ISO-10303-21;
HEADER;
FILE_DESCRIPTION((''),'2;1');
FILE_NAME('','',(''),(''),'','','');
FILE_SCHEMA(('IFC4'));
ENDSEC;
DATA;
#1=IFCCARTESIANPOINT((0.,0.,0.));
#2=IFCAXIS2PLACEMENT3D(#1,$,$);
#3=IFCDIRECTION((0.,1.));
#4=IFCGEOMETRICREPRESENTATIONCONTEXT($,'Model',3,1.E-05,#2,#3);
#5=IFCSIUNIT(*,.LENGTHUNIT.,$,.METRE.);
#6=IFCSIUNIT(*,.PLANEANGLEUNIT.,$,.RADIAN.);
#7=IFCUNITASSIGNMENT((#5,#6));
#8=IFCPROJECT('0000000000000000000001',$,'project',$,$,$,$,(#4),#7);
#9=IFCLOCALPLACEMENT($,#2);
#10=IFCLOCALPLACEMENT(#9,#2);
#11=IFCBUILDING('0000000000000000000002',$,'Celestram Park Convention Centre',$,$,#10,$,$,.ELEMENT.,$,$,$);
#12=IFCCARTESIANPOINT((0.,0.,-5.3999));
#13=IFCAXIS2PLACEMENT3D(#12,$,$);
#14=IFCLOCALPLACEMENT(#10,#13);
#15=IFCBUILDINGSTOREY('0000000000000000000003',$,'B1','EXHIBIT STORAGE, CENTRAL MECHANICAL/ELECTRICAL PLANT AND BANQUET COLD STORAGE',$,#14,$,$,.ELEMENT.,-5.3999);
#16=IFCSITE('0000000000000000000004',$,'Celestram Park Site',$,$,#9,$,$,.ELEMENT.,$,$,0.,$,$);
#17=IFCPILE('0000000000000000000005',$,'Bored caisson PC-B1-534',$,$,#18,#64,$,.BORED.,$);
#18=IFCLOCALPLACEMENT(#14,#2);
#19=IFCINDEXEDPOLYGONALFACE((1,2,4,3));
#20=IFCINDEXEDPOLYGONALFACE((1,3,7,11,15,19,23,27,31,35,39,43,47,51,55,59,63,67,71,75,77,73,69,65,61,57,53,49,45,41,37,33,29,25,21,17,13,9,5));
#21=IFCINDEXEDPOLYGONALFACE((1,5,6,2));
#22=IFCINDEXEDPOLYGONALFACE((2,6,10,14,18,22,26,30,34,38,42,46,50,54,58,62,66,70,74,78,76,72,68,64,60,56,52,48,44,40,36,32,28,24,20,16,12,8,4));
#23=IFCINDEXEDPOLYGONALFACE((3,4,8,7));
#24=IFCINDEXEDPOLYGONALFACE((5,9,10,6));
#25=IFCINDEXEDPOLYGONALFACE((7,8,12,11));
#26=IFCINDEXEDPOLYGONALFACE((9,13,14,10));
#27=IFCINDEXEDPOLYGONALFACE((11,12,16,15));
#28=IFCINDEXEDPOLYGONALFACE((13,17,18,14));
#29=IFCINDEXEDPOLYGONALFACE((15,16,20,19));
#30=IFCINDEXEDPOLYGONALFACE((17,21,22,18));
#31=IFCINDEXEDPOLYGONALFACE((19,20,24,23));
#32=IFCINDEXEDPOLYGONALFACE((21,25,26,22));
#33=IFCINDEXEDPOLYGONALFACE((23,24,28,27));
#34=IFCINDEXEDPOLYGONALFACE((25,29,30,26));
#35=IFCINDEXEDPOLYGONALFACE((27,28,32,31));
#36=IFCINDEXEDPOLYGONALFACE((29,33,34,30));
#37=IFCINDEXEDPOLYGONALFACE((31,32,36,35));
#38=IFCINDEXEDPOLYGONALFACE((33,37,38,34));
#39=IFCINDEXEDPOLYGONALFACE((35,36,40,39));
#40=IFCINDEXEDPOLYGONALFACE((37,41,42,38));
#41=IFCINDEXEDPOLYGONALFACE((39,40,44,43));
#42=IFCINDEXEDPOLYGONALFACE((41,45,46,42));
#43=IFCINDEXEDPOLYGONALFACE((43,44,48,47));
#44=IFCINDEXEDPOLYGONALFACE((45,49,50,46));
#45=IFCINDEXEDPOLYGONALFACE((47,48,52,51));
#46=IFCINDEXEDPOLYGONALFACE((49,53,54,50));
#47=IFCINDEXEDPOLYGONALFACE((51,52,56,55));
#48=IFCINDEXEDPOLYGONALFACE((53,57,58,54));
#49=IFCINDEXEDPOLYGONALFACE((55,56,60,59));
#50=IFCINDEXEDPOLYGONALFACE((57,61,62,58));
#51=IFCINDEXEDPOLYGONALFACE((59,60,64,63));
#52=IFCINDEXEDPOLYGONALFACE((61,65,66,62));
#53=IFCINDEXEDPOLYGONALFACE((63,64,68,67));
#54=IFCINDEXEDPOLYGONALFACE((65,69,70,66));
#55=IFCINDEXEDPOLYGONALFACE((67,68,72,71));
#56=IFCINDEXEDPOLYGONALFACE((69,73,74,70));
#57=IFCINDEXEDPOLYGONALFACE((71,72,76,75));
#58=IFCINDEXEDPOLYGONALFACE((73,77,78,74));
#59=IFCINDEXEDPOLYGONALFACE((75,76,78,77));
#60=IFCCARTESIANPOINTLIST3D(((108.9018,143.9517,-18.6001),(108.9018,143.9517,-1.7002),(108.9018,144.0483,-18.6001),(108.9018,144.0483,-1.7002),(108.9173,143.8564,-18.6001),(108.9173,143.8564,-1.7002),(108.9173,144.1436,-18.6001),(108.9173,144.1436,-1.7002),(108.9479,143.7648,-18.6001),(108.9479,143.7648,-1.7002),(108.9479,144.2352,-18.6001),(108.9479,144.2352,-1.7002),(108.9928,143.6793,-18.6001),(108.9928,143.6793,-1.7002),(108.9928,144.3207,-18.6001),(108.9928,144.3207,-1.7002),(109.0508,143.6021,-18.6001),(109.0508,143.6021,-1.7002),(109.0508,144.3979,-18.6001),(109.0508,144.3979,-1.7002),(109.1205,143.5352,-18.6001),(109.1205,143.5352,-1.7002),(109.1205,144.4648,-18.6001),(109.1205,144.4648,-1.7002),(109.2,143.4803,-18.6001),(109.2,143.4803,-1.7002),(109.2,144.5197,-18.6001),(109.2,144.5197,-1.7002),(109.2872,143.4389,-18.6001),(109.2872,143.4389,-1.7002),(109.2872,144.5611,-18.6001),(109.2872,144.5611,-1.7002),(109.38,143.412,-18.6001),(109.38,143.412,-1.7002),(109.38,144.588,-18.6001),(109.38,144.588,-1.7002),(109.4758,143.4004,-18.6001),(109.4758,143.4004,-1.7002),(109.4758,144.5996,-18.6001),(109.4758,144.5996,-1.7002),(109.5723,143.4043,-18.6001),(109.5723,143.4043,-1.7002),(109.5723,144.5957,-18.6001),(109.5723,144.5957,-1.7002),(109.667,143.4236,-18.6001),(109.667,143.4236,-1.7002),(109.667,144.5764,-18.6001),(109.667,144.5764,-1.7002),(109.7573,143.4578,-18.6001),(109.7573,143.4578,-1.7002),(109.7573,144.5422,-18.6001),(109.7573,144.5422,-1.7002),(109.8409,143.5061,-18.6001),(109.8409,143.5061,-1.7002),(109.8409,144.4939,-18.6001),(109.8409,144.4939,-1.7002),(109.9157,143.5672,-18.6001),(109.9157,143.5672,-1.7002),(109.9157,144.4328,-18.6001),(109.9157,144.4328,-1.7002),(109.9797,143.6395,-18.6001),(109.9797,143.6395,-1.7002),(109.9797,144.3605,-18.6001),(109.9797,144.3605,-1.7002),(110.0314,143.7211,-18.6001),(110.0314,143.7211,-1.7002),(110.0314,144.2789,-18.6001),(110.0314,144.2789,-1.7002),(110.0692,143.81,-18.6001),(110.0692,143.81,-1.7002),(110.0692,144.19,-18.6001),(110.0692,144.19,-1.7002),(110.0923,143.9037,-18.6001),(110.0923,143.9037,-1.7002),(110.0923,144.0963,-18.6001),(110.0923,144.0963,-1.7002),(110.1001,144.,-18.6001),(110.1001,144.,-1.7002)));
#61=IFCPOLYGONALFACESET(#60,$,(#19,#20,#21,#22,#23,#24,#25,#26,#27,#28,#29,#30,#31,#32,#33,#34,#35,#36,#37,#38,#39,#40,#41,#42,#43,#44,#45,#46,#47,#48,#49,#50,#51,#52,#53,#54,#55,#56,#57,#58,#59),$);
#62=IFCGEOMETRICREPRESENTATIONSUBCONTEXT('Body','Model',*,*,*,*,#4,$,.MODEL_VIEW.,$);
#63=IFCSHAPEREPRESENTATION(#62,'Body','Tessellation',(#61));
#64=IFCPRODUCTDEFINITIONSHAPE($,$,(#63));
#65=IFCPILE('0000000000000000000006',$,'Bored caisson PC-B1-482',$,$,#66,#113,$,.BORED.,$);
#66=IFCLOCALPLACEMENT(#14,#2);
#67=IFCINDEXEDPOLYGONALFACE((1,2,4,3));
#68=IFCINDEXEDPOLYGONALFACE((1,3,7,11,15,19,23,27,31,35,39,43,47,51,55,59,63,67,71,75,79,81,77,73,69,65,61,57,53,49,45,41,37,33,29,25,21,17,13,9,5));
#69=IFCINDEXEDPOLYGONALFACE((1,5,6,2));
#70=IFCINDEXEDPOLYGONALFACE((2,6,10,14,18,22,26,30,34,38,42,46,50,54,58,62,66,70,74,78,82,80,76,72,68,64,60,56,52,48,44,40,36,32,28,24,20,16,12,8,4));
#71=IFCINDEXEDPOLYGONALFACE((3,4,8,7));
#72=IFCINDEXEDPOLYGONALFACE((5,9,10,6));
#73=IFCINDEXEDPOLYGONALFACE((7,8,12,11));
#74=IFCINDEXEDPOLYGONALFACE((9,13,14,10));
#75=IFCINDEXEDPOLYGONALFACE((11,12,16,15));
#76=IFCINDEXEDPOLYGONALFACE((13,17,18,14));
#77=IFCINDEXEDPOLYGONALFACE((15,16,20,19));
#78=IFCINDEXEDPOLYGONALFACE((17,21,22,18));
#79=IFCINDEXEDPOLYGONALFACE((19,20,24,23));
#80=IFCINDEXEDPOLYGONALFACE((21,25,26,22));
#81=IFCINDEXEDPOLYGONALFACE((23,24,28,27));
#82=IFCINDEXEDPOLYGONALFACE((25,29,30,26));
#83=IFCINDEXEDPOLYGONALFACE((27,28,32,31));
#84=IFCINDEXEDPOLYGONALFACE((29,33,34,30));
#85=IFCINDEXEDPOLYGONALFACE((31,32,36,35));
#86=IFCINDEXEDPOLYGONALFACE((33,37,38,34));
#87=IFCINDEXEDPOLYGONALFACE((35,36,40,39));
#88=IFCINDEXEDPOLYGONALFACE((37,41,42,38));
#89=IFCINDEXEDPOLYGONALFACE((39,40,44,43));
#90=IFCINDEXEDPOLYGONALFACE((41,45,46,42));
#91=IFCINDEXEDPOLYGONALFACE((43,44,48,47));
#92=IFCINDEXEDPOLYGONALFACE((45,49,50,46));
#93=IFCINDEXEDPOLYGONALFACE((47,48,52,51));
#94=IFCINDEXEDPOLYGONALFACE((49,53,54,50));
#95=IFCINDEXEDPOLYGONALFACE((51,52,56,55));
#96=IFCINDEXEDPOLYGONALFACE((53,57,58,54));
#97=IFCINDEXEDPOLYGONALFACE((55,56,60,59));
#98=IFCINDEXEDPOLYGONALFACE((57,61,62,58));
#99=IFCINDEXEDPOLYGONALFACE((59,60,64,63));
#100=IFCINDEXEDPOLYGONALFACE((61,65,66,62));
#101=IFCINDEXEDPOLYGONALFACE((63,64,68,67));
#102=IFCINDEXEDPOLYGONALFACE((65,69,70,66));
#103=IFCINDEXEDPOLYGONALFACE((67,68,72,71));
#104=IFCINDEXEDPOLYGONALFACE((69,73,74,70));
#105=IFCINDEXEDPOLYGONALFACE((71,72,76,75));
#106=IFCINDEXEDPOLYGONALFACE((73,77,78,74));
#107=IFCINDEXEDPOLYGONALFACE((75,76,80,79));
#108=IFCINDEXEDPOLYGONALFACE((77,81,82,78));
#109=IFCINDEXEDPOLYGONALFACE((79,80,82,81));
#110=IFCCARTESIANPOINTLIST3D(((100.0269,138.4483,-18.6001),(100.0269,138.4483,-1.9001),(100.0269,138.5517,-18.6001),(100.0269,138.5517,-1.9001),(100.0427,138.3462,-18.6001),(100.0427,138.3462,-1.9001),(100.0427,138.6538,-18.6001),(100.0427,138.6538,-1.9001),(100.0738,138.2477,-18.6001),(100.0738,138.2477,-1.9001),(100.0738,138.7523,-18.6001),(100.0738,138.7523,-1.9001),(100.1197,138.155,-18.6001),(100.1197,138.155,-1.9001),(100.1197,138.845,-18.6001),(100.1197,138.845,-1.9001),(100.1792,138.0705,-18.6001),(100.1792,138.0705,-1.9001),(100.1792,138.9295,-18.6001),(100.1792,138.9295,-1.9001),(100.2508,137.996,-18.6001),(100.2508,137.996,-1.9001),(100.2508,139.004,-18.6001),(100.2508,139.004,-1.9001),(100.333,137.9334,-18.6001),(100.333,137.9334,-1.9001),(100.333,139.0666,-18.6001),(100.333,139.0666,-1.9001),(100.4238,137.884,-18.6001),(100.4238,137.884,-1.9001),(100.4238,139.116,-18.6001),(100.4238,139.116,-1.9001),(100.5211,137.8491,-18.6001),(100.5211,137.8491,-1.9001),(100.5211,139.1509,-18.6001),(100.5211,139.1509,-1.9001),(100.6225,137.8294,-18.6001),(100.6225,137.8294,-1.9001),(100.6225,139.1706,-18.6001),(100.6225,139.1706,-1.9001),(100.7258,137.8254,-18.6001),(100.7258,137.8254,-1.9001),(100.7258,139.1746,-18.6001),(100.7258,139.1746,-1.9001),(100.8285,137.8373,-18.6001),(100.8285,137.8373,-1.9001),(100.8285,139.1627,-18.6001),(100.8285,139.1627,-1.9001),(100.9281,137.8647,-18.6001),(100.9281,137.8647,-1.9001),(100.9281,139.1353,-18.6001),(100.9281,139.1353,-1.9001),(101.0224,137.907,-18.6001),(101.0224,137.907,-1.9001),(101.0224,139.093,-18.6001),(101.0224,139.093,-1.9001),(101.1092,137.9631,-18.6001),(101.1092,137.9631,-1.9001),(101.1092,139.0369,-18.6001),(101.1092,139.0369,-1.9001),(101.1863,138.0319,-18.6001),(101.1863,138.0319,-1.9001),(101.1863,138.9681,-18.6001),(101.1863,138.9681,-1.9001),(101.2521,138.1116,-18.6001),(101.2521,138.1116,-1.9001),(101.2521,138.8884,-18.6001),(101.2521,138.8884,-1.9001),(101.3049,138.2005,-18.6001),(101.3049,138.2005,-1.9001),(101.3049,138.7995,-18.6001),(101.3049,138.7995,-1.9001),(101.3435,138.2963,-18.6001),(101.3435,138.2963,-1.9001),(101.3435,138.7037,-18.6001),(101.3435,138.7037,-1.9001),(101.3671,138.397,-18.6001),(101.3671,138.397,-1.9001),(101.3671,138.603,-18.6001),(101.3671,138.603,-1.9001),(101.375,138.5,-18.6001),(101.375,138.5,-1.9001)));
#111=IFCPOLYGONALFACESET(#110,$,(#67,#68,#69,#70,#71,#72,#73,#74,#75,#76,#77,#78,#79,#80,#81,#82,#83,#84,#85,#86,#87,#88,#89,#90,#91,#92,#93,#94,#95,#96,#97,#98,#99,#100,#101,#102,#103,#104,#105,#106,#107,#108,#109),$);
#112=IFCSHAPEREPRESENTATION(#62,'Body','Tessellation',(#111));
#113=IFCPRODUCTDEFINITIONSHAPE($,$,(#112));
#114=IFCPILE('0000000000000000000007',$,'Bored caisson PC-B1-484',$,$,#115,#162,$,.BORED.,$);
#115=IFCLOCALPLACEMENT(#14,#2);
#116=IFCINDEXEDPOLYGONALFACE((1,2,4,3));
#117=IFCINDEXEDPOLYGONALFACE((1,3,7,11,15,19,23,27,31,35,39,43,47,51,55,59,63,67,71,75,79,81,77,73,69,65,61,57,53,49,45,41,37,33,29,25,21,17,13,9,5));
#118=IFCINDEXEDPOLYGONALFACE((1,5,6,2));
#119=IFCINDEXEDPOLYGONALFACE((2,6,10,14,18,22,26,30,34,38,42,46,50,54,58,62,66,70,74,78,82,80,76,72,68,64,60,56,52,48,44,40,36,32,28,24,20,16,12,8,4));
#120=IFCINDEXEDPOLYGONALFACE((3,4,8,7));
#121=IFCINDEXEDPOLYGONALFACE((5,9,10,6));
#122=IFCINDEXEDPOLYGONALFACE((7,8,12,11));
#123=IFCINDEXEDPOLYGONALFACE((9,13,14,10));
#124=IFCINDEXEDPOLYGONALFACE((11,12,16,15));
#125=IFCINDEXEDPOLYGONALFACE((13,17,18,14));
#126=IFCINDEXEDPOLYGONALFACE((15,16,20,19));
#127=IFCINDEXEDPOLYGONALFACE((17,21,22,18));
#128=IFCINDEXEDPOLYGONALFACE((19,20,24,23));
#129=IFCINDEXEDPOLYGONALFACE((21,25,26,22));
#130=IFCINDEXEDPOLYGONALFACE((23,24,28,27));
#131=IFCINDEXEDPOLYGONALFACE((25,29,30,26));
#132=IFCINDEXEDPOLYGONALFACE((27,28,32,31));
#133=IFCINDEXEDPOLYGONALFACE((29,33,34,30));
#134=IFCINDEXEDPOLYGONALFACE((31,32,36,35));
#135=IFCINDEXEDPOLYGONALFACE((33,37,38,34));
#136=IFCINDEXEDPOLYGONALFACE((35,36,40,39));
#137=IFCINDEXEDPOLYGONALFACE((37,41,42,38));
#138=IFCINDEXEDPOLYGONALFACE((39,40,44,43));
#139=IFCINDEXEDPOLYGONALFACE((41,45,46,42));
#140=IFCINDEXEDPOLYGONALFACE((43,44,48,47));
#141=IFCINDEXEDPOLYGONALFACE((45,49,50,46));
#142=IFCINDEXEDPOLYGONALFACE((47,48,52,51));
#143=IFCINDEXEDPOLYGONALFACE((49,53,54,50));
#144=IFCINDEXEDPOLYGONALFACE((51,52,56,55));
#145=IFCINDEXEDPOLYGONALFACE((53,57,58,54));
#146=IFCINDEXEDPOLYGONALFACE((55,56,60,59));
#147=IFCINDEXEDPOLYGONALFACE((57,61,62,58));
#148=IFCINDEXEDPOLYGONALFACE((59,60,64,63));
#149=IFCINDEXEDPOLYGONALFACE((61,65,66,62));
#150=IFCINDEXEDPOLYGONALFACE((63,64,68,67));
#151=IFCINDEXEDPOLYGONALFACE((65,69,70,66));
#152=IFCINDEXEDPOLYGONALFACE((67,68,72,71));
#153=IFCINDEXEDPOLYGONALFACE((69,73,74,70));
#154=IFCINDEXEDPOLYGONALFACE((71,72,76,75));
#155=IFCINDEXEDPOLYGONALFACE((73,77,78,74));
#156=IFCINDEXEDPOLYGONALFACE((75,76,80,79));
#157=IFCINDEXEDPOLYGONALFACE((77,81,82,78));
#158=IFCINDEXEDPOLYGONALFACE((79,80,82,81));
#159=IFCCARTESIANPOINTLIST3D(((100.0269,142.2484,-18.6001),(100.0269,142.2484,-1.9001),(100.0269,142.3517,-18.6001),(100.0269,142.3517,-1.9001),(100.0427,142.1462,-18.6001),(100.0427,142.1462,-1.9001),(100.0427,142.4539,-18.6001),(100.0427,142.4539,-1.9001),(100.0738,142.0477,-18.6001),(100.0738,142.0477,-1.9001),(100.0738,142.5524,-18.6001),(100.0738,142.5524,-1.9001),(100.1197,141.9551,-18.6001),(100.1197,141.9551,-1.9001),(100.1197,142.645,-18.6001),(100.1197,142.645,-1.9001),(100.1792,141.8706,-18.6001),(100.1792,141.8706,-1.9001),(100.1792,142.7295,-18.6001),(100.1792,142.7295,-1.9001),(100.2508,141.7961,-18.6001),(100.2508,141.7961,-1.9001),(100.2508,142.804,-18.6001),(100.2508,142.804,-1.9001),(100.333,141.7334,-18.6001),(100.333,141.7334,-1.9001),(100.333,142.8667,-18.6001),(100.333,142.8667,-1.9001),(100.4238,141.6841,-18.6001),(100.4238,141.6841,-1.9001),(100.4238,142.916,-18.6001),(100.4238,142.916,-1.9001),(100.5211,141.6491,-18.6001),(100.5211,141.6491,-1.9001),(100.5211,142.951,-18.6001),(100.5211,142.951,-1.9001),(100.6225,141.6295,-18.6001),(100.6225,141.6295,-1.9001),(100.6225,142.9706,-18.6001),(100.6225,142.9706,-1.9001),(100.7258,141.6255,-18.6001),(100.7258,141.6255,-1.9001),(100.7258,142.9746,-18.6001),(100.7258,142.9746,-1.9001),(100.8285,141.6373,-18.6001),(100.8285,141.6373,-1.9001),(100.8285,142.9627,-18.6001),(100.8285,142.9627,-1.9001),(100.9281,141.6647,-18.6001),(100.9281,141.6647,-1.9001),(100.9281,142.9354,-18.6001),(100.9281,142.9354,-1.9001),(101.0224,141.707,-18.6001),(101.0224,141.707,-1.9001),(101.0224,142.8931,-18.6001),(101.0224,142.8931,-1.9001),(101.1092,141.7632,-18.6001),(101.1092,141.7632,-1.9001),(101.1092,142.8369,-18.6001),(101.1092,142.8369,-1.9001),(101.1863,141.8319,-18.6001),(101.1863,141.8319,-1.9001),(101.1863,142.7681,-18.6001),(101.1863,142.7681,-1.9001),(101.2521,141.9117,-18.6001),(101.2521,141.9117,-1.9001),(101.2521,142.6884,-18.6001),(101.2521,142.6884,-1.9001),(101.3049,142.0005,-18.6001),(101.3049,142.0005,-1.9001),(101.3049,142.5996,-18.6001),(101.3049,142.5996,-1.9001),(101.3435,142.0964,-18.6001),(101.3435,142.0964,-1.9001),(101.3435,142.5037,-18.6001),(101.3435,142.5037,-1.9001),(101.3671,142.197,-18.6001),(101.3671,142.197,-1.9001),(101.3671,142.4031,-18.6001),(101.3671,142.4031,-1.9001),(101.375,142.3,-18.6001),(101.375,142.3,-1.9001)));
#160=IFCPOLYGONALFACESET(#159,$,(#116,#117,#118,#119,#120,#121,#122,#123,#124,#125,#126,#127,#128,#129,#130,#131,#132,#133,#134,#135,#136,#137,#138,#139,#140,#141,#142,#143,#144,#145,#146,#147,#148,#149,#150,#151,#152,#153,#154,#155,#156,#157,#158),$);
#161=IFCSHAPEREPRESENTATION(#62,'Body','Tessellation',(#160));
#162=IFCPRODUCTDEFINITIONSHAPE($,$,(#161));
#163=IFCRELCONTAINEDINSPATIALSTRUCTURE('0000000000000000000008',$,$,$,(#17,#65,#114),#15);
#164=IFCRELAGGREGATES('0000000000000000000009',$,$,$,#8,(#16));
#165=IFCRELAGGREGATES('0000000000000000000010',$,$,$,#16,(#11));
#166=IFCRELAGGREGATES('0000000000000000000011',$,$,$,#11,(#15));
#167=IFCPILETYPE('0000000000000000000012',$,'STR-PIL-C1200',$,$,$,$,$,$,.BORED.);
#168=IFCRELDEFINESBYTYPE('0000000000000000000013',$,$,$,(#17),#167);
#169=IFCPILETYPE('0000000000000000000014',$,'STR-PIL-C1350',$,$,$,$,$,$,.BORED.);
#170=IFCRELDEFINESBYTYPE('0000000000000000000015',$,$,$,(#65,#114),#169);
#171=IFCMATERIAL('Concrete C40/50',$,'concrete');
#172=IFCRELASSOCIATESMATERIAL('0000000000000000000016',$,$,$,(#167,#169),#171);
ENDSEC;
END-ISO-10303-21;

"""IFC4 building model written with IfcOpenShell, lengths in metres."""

from ifc_helpers import new_model, si_unit, direction, frame, origin, origin_2d, place, context, subcontext, project, spatial, circle, extrude, material, material_profile, profile_set, type_object, element, save


model = new_model("IFC4")

# Units and contexts
model_context = context("Model", 3, precision=1e-05, world=origin(), true_north=direction((0.0, 1.0)))
body_context = subcontext(model_context, "Body", "Model", "MODEL_VIEW")
ifc_project = project(units=[si_unit("LENGTHUNIT", "METRE"), si_unit("PLANEANGLEUNIT", "RADIAN")], contexts=[model_context])

# Site, building, storey
site_placement = place(None, origin())
site = spatial("IfcSite", under=ifc_project, at=site_placement, Name="Celestram Park Site", CompositionType="ELEMENT", RefElevation=0.0)
building_placement = place(site_placement, origin())
building = spatial("IfcBuilding", under=site, at=building_placement, Name="Celestram Park Convention Centre", CompositionType="ELEMENT")
storey_placement = place(building_placement, frame((0.0, 0.0, -5.3999)))
storey = spatial("IfcBuildingStorey", under=building, at=storey_placement, Name="B1", Description="EXHIBIT STORAGE, CENTRAL MECHANICAL/ELECTRICAL PLANT AND BANQUET COLD STORAGE", CompositionType="ELEMENT", Elevation=-5.3999)

# Shared definitions
ifc_material_1 = material(Name="Concrete C40/50", Category="concrete")

# Piles
ifc_material_profile_1 = material_profile(ifc_material_1, circle(Radius=0.6001, at=origin_2d()), Name="CAISSON1200")
ifc_profile_set_1 = profile_set([ifc_material_profile_1], Name="Concrete C40/50")
pile_type_1 = type_object("IfcPileType", Name="STR-PIL-C1200", PredefinedType="BORED", material=ifc_profile_set_1)
for number, where, z_axis, x_axis, name in (
    (1, (109.5, 144.0, -1.7002), (0.0, 0.0, -1.0), (1.0, 0.0, 0.0), "Bored caisson PC-B1-534"),
):
    element("IfcPile", number, at=place(storey_placement, frame(where, z_axis=z_axis, x_axis=x_axis)), inside=storey, type_object=pile_type_1, Name=name, PredefinedType="BORED", context=body_context, shape_type="SweptSolid", body=[
        extrude(circle(Radius=0.6001, at=origin_2d()), origin(), (0.0, 0.0, 1.0), 16.8999),
    ])
ifc_material_profile_2 = material_profile(ifc_material_1, circle(Radius=0.675, at=origin_2d()), Name="CAISSON1350")
ifc_profile_set_2 = profile_set([ifc_material_profile_2], Name="Concrete C40/50")
pile_type_2 = type_object("IfcPileType", Name="STR-PIL-C1350", PredefinedType="BORED", material=ifc_profile_set_2)
for number, where, z_axis, x_axis, name in (
    (2, (100.7, 138.5, -1.9001), (0.0, 0.0, -1.0), (1.0, 0.0, 0.0), "Bored caisson PC-B1-482"),
    (3, (100.7, 142.3, -1.9001), (0.0, 0.0, -1.0), (1.0, 0.0, 0.0), "Bored caisson PC-B1-484"),
):
    element("IfcPile", number, at=place(storey_placement, frame(where, z_axis=z_axis, x_axis=x_axis)), inside=storey, type_object=pile_type_2, Name=name, PredefinedType="BORED", context=body_context, shape_type="SweptSolid", body=[
        extrude(circle(Radius=0.675, at=origin_2d()), origin(), (0.0, 0.0, 1.0), 16.7),
    ])

save(model, "model.ifc")
